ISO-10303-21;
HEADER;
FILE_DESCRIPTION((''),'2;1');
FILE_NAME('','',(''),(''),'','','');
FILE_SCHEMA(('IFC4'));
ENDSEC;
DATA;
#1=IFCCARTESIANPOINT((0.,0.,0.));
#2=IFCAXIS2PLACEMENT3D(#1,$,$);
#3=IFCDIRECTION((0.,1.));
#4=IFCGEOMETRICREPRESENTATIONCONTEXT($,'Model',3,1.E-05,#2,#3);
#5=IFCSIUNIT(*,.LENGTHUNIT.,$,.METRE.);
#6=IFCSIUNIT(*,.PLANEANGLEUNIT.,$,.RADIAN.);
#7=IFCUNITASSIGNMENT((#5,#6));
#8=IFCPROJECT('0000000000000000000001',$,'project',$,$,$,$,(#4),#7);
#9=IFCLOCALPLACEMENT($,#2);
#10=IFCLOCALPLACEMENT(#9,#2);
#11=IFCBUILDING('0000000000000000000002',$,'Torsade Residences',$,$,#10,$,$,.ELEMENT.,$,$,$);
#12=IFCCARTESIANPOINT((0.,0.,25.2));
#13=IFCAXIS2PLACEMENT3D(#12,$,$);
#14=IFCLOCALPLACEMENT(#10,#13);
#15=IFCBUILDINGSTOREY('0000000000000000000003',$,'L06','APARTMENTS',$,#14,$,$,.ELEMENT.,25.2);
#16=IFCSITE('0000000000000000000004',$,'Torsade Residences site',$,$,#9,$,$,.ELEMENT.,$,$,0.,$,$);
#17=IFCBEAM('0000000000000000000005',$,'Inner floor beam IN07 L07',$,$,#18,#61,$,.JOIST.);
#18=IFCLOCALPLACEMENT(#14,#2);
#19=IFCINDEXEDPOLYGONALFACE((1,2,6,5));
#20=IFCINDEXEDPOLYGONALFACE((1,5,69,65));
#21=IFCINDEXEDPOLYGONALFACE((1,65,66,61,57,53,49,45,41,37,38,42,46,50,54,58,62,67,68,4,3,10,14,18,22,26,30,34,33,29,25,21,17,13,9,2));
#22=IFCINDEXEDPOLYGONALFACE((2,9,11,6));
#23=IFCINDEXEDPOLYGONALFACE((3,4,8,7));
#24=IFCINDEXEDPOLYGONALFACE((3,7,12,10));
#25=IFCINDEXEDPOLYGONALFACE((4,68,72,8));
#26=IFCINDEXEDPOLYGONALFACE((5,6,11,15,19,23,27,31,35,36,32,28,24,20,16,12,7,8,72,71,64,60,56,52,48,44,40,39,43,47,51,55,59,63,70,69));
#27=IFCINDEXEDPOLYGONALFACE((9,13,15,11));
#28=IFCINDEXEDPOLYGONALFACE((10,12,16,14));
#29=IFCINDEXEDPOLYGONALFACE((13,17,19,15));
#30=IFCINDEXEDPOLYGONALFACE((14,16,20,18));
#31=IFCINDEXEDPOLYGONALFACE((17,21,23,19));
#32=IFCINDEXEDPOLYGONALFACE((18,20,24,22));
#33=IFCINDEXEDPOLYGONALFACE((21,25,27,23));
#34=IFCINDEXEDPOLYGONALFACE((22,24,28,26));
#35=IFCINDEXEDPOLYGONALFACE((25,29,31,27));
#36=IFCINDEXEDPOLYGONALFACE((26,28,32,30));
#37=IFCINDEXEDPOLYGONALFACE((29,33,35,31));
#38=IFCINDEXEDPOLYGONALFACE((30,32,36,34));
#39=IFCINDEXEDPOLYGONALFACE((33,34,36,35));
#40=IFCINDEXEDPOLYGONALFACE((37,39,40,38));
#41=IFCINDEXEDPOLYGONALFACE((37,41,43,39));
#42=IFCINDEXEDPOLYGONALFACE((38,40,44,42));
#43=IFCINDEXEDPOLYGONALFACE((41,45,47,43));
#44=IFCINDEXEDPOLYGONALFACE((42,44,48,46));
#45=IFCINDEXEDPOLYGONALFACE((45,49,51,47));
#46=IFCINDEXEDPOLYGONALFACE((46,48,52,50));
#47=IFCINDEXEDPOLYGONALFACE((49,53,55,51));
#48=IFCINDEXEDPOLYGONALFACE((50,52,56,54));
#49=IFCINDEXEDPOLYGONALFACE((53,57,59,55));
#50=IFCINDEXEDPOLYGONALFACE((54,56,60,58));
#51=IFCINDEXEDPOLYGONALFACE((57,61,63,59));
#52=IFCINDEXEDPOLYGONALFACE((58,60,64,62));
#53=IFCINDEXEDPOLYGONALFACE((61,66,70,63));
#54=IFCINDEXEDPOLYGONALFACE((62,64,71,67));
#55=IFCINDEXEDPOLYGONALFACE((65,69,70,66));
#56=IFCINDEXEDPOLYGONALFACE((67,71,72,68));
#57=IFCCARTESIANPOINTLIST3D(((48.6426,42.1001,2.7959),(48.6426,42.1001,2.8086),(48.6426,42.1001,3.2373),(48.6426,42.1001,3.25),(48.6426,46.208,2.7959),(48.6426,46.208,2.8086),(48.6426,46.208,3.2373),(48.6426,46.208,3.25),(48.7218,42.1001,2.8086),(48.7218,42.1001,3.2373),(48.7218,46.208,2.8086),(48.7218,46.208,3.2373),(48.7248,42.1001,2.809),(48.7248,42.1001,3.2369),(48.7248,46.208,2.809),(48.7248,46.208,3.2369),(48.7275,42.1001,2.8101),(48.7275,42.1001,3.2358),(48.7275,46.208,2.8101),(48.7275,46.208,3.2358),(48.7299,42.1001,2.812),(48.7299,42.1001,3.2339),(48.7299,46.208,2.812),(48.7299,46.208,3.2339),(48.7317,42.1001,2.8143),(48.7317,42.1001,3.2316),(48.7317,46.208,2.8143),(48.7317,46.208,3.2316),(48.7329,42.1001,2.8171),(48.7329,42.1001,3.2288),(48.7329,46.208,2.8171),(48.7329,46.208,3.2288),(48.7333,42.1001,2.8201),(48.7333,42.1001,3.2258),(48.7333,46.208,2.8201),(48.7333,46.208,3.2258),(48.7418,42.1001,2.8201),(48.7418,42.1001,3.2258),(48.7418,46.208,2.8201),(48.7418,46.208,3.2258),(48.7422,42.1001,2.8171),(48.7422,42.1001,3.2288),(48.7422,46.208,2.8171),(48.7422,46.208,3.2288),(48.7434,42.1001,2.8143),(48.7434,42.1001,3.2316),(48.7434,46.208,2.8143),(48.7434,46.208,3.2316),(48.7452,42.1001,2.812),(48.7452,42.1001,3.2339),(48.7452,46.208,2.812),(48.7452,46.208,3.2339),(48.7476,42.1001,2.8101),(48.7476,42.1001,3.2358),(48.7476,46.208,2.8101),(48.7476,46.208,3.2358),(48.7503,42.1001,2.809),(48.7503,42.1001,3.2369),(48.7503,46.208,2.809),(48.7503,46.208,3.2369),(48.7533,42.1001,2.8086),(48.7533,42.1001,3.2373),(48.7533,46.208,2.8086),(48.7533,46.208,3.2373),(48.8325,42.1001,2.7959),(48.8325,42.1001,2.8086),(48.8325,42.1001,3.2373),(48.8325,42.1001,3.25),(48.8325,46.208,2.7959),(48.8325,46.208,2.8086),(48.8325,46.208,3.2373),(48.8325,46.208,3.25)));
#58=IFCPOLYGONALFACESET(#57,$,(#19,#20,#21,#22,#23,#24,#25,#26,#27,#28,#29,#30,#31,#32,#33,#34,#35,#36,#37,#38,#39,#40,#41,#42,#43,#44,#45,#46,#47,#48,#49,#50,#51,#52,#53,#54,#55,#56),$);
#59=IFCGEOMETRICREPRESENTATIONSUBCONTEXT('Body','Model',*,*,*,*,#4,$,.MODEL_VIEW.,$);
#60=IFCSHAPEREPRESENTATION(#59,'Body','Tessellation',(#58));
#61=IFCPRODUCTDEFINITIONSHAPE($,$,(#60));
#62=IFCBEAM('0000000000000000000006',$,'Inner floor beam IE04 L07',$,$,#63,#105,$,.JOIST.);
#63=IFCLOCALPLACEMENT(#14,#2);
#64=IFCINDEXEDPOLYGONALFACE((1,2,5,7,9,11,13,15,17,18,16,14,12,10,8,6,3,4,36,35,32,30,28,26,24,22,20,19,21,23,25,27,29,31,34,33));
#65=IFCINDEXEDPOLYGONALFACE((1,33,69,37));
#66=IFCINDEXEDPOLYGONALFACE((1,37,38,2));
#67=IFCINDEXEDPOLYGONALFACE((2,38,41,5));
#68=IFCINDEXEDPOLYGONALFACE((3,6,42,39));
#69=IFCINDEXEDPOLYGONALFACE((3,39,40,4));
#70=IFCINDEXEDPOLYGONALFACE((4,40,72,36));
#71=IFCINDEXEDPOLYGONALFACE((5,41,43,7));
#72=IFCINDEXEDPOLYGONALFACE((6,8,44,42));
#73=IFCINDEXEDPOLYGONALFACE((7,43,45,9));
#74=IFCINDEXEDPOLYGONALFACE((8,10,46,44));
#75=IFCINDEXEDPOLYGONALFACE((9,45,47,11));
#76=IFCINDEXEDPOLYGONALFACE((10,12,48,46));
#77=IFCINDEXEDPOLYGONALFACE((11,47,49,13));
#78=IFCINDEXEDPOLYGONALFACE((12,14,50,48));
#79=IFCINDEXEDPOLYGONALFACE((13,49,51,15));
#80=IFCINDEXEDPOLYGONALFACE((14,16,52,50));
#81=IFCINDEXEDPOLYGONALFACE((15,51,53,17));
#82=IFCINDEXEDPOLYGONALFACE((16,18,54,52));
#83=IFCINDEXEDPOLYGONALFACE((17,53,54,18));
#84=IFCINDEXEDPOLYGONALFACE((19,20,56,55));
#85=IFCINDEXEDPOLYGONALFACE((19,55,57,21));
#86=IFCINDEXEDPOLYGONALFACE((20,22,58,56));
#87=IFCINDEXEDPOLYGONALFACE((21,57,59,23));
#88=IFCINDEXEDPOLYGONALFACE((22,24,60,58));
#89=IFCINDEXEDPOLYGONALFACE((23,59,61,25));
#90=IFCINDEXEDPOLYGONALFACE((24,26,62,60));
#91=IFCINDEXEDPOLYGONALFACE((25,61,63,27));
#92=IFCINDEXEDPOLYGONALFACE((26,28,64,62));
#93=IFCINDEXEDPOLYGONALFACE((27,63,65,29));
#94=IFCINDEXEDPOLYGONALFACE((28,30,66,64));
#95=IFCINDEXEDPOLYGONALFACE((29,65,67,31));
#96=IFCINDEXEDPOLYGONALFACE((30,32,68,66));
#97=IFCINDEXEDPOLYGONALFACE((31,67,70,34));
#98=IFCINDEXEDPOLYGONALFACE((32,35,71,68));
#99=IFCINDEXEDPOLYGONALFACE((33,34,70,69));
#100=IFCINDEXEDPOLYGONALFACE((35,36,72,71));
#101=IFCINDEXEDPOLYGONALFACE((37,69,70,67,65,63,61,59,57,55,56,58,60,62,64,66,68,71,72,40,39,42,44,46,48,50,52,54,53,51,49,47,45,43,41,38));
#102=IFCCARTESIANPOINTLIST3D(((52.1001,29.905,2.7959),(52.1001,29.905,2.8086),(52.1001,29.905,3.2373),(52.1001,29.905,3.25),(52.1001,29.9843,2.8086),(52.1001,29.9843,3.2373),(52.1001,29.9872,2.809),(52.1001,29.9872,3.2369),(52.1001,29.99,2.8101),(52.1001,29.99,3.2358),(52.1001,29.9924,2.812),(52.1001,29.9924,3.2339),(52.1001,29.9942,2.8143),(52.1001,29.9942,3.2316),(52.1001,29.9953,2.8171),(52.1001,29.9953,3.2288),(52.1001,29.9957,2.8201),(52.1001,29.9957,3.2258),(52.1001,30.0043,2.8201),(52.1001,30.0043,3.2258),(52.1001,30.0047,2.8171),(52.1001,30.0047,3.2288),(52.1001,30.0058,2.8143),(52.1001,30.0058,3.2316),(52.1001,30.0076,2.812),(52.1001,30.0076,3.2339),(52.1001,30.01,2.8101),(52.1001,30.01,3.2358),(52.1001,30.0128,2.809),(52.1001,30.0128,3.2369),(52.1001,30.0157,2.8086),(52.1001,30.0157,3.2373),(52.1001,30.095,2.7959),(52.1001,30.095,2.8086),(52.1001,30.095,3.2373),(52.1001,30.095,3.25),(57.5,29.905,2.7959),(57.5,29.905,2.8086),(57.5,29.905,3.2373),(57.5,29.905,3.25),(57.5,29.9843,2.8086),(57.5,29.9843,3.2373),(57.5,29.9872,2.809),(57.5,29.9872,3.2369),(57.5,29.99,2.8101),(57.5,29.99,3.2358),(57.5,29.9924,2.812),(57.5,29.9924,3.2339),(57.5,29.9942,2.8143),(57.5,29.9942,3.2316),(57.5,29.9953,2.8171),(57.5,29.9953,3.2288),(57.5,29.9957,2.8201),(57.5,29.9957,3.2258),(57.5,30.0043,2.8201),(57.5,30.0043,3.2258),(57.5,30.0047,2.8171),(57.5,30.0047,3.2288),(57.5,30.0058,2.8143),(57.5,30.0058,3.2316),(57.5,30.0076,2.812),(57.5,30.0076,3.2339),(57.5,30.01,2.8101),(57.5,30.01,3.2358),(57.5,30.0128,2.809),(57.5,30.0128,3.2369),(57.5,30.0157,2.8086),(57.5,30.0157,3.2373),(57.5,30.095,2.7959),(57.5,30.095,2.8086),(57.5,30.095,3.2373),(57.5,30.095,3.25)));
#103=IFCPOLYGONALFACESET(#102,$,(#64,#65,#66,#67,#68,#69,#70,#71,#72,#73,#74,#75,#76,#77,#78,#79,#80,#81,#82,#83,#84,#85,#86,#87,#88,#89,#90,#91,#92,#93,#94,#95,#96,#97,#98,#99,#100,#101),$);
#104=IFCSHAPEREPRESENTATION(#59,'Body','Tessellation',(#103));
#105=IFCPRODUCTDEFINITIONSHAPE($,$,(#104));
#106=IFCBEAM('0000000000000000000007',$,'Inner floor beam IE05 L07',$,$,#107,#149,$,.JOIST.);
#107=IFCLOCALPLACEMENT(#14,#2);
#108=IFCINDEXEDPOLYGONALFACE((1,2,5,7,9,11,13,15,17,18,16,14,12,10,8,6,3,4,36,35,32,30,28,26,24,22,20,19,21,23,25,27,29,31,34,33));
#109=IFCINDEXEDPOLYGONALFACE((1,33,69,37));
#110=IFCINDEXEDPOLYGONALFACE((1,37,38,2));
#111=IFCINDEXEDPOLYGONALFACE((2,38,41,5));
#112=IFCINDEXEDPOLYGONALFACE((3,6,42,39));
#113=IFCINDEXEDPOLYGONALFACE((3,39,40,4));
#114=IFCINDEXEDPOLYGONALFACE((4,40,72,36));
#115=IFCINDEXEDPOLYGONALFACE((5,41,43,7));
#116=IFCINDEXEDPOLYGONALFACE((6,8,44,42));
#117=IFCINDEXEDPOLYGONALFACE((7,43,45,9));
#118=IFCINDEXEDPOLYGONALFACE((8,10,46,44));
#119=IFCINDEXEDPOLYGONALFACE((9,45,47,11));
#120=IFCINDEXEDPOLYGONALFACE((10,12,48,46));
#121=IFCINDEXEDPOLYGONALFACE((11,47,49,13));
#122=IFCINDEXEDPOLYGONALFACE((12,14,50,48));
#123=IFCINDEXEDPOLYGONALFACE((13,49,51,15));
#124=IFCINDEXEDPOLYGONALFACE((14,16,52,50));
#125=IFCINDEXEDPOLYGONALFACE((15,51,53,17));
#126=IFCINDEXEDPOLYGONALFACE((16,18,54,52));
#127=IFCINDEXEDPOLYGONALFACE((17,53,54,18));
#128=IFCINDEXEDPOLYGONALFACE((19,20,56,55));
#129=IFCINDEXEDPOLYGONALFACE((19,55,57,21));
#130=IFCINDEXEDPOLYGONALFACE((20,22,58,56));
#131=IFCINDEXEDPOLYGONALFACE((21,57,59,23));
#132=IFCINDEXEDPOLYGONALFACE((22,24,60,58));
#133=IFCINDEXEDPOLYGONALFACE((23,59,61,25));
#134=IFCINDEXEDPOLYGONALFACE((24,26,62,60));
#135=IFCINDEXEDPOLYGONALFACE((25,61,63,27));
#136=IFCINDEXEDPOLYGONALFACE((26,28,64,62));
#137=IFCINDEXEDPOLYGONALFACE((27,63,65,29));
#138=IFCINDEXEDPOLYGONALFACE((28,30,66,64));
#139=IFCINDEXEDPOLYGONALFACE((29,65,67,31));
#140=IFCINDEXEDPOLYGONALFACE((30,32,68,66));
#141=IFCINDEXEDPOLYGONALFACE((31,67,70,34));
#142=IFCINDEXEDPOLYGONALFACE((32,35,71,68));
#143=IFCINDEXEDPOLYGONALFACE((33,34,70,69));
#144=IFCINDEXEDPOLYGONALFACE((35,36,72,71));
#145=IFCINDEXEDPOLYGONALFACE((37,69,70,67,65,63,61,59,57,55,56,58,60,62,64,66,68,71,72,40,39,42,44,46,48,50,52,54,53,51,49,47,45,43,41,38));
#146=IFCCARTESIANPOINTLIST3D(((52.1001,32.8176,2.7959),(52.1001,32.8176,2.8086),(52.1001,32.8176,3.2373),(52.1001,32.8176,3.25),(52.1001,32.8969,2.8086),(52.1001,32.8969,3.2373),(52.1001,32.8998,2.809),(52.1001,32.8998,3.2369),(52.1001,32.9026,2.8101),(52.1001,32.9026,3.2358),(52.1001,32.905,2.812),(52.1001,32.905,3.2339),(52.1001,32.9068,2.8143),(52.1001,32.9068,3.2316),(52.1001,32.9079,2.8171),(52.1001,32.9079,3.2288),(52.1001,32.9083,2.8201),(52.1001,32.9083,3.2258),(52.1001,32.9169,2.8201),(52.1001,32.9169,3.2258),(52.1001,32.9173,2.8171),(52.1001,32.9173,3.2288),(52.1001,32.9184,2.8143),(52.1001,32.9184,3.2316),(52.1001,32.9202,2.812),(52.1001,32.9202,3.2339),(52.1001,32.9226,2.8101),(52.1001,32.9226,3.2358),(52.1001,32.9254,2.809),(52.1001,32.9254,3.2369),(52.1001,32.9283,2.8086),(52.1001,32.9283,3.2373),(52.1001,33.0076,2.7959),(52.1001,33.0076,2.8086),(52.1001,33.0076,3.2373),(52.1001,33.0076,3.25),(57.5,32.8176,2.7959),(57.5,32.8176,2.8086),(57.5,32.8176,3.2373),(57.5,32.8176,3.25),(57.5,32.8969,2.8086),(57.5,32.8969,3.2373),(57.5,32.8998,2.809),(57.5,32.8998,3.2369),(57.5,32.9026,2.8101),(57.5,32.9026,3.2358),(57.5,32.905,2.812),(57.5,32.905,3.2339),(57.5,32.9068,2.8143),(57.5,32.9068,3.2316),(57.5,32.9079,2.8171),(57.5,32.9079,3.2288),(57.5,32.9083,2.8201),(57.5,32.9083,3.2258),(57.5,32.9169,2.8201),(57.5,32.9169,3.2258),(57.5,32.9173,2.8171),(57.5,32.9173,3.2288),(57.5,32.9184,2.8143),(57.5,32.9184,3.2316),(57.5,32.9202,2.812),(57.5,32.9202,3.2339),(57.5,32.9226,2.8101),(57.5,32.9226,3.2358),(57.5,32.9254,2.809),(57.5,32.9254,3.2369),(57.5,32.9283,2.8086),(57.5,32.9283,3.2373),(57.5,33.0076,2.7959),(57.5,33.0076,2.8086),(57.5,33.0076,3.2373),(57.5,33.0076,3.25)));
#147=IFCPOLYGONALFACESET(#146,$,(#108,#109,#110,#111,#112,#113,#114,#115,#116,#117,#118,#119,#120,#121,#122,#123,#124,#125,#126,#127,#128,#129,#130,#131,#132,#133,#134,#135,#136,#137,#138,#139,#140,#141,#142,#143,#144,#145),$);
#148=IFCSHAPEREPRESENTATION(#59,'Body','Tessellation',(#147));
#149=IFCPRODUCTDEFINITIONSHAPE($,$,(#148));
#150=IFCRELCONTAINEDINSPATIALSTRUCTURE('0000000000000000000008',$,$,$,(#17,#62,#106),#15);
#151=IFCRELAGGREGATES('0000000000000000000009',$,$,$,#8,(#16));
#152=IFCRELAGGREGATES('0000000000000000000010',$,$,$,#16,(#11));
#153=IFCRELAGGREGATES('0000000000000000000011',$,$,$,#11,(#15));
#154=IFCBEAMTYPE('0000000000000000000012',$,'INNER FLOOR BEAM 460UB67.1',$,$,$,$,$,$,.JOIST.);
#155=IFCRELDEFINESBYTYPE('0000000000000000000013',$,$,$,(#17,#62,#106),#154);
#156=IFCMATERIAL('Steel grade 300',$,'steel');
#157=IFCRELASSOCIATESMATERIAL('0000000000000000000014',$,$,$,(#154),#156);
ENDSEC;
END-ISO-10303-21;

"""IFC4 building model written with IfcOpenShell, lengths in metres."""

from ifc_helpers import new_model, si_unit, direction, frame, origin, origin_2d, place, context, subcontext, project, spatial, i_section, extrude, material, material_profile, profile_set, type_object, element, save


model = new_model("IFC4")

# Units and contexts
model_context = context("Model", 3, precision=1e-05, world=origin(), true_north=direction((0.0, 1.0)))
body_context = subcontext(model_context, "Body", "Model", "MODEL_VIEW")
ifc_project = project(units=[si_unit("LENGTHUNIT", "METRE"), si_unit("PLANEANGLEUNIT", "RADIAN")], contexts=[model_context])

# Site, building, storey
site_placement = place(None, origin())
site = spatial("IfcSite", under=ifc_project, at=site_placement, Name="Torsade Residences site", CompositionType="ELEMENT", RefElevation=0.0)
building_placement = place(site_placement, origin())
building = spatial("IfcBuilding", under=site, at=building_placement, Name="Torsade Residences", CompositionType="ELEMENT")
storey_placement = place(building_placement, frame((0.0, 0.0, 25.2)))
storey = spatial("IfcBuildingStorey", under=building, at=storey_placement, Name="L06", Description="APARTMENTS", CompositionType="ELEMENT", Elevation=25.2)

# Beams
ifc_material_1 = material(Name="Steel grade 300", Category="steel")
ifc_material_profile_1 = material_profile(ifc_material_1, i_section(OverallWidth=0.1899, OverallDepth=0.4541, WebThickness=0.0085, FlangeThickness=0.0127, FilletRadius=0.0115, at=origin_2d()), Name="460UB67.1")
ifc_profile_set_1 = profile_set([ifc_material_profile_1], Name="Steel grade 300")
beam_type = type_object("IfcBeamType", Name="INNER FLOOR BEAM 460UB67.1", PredefinedType="JOIST", material=ifc_profile_set_1)
beam_1_placement = place(storey_placement, frame((48.7375, 42.1001, 3.0229), z_axis=(0.0, 1.0, 0.0), x_axis=(-1.0, 0.0, 0.0)))
element("IfcBeam", 1, at=beam_1_placement, inside=storey, type_object=beam_type, Name="Inner floor beam IN07 L07", PredefinedType="JOIST", context=body_context, shape_type="SweptSolid", body=[
    extrude(i_section(OverallWidth=0.1899, OverallDepth=0.4541, WebThickness=0.0085, FlangeThickness=0.0127, FilletRadius=0.0115, at=origin_2d()), origin(), (0.0, 0.0, 1.0), 4.1079),
])
for number, where, z_axis, x_axis, name in (
    (2, (52.1001, 30.0, 3.0229), (1.0, 0.0, 0.0), (0.0, 1.0, 0.0), "Inner floor beam IE04 L07"),
    (3, (52.1001, 32.9126, 3.0229), (1.0, 0.0, 0.0), (0.0, 1.0, 0.0), "Inner floor beam IE05 L07"),
):
    element("IfcBeam", number, at=place(storey_placement, frame(where, z_axis=z_axis, x_axis=x_axis)), inside=storey, type_object=beam_type, Name=name, PredefinedType="JOIST", context=body_context, shape_type="SweptSolid", body=[
        extrude(i_section(OverallWidth=0.1899, OverallDepth=0.4541, WebThickness=0.0085, FlangeThickness=0.0127, FilletRadius=0.0115, at=origin_2d()), origin(), (0.0, 0.0, 1.0), 5.3999),
    ])

save(model, "model.ifc")
